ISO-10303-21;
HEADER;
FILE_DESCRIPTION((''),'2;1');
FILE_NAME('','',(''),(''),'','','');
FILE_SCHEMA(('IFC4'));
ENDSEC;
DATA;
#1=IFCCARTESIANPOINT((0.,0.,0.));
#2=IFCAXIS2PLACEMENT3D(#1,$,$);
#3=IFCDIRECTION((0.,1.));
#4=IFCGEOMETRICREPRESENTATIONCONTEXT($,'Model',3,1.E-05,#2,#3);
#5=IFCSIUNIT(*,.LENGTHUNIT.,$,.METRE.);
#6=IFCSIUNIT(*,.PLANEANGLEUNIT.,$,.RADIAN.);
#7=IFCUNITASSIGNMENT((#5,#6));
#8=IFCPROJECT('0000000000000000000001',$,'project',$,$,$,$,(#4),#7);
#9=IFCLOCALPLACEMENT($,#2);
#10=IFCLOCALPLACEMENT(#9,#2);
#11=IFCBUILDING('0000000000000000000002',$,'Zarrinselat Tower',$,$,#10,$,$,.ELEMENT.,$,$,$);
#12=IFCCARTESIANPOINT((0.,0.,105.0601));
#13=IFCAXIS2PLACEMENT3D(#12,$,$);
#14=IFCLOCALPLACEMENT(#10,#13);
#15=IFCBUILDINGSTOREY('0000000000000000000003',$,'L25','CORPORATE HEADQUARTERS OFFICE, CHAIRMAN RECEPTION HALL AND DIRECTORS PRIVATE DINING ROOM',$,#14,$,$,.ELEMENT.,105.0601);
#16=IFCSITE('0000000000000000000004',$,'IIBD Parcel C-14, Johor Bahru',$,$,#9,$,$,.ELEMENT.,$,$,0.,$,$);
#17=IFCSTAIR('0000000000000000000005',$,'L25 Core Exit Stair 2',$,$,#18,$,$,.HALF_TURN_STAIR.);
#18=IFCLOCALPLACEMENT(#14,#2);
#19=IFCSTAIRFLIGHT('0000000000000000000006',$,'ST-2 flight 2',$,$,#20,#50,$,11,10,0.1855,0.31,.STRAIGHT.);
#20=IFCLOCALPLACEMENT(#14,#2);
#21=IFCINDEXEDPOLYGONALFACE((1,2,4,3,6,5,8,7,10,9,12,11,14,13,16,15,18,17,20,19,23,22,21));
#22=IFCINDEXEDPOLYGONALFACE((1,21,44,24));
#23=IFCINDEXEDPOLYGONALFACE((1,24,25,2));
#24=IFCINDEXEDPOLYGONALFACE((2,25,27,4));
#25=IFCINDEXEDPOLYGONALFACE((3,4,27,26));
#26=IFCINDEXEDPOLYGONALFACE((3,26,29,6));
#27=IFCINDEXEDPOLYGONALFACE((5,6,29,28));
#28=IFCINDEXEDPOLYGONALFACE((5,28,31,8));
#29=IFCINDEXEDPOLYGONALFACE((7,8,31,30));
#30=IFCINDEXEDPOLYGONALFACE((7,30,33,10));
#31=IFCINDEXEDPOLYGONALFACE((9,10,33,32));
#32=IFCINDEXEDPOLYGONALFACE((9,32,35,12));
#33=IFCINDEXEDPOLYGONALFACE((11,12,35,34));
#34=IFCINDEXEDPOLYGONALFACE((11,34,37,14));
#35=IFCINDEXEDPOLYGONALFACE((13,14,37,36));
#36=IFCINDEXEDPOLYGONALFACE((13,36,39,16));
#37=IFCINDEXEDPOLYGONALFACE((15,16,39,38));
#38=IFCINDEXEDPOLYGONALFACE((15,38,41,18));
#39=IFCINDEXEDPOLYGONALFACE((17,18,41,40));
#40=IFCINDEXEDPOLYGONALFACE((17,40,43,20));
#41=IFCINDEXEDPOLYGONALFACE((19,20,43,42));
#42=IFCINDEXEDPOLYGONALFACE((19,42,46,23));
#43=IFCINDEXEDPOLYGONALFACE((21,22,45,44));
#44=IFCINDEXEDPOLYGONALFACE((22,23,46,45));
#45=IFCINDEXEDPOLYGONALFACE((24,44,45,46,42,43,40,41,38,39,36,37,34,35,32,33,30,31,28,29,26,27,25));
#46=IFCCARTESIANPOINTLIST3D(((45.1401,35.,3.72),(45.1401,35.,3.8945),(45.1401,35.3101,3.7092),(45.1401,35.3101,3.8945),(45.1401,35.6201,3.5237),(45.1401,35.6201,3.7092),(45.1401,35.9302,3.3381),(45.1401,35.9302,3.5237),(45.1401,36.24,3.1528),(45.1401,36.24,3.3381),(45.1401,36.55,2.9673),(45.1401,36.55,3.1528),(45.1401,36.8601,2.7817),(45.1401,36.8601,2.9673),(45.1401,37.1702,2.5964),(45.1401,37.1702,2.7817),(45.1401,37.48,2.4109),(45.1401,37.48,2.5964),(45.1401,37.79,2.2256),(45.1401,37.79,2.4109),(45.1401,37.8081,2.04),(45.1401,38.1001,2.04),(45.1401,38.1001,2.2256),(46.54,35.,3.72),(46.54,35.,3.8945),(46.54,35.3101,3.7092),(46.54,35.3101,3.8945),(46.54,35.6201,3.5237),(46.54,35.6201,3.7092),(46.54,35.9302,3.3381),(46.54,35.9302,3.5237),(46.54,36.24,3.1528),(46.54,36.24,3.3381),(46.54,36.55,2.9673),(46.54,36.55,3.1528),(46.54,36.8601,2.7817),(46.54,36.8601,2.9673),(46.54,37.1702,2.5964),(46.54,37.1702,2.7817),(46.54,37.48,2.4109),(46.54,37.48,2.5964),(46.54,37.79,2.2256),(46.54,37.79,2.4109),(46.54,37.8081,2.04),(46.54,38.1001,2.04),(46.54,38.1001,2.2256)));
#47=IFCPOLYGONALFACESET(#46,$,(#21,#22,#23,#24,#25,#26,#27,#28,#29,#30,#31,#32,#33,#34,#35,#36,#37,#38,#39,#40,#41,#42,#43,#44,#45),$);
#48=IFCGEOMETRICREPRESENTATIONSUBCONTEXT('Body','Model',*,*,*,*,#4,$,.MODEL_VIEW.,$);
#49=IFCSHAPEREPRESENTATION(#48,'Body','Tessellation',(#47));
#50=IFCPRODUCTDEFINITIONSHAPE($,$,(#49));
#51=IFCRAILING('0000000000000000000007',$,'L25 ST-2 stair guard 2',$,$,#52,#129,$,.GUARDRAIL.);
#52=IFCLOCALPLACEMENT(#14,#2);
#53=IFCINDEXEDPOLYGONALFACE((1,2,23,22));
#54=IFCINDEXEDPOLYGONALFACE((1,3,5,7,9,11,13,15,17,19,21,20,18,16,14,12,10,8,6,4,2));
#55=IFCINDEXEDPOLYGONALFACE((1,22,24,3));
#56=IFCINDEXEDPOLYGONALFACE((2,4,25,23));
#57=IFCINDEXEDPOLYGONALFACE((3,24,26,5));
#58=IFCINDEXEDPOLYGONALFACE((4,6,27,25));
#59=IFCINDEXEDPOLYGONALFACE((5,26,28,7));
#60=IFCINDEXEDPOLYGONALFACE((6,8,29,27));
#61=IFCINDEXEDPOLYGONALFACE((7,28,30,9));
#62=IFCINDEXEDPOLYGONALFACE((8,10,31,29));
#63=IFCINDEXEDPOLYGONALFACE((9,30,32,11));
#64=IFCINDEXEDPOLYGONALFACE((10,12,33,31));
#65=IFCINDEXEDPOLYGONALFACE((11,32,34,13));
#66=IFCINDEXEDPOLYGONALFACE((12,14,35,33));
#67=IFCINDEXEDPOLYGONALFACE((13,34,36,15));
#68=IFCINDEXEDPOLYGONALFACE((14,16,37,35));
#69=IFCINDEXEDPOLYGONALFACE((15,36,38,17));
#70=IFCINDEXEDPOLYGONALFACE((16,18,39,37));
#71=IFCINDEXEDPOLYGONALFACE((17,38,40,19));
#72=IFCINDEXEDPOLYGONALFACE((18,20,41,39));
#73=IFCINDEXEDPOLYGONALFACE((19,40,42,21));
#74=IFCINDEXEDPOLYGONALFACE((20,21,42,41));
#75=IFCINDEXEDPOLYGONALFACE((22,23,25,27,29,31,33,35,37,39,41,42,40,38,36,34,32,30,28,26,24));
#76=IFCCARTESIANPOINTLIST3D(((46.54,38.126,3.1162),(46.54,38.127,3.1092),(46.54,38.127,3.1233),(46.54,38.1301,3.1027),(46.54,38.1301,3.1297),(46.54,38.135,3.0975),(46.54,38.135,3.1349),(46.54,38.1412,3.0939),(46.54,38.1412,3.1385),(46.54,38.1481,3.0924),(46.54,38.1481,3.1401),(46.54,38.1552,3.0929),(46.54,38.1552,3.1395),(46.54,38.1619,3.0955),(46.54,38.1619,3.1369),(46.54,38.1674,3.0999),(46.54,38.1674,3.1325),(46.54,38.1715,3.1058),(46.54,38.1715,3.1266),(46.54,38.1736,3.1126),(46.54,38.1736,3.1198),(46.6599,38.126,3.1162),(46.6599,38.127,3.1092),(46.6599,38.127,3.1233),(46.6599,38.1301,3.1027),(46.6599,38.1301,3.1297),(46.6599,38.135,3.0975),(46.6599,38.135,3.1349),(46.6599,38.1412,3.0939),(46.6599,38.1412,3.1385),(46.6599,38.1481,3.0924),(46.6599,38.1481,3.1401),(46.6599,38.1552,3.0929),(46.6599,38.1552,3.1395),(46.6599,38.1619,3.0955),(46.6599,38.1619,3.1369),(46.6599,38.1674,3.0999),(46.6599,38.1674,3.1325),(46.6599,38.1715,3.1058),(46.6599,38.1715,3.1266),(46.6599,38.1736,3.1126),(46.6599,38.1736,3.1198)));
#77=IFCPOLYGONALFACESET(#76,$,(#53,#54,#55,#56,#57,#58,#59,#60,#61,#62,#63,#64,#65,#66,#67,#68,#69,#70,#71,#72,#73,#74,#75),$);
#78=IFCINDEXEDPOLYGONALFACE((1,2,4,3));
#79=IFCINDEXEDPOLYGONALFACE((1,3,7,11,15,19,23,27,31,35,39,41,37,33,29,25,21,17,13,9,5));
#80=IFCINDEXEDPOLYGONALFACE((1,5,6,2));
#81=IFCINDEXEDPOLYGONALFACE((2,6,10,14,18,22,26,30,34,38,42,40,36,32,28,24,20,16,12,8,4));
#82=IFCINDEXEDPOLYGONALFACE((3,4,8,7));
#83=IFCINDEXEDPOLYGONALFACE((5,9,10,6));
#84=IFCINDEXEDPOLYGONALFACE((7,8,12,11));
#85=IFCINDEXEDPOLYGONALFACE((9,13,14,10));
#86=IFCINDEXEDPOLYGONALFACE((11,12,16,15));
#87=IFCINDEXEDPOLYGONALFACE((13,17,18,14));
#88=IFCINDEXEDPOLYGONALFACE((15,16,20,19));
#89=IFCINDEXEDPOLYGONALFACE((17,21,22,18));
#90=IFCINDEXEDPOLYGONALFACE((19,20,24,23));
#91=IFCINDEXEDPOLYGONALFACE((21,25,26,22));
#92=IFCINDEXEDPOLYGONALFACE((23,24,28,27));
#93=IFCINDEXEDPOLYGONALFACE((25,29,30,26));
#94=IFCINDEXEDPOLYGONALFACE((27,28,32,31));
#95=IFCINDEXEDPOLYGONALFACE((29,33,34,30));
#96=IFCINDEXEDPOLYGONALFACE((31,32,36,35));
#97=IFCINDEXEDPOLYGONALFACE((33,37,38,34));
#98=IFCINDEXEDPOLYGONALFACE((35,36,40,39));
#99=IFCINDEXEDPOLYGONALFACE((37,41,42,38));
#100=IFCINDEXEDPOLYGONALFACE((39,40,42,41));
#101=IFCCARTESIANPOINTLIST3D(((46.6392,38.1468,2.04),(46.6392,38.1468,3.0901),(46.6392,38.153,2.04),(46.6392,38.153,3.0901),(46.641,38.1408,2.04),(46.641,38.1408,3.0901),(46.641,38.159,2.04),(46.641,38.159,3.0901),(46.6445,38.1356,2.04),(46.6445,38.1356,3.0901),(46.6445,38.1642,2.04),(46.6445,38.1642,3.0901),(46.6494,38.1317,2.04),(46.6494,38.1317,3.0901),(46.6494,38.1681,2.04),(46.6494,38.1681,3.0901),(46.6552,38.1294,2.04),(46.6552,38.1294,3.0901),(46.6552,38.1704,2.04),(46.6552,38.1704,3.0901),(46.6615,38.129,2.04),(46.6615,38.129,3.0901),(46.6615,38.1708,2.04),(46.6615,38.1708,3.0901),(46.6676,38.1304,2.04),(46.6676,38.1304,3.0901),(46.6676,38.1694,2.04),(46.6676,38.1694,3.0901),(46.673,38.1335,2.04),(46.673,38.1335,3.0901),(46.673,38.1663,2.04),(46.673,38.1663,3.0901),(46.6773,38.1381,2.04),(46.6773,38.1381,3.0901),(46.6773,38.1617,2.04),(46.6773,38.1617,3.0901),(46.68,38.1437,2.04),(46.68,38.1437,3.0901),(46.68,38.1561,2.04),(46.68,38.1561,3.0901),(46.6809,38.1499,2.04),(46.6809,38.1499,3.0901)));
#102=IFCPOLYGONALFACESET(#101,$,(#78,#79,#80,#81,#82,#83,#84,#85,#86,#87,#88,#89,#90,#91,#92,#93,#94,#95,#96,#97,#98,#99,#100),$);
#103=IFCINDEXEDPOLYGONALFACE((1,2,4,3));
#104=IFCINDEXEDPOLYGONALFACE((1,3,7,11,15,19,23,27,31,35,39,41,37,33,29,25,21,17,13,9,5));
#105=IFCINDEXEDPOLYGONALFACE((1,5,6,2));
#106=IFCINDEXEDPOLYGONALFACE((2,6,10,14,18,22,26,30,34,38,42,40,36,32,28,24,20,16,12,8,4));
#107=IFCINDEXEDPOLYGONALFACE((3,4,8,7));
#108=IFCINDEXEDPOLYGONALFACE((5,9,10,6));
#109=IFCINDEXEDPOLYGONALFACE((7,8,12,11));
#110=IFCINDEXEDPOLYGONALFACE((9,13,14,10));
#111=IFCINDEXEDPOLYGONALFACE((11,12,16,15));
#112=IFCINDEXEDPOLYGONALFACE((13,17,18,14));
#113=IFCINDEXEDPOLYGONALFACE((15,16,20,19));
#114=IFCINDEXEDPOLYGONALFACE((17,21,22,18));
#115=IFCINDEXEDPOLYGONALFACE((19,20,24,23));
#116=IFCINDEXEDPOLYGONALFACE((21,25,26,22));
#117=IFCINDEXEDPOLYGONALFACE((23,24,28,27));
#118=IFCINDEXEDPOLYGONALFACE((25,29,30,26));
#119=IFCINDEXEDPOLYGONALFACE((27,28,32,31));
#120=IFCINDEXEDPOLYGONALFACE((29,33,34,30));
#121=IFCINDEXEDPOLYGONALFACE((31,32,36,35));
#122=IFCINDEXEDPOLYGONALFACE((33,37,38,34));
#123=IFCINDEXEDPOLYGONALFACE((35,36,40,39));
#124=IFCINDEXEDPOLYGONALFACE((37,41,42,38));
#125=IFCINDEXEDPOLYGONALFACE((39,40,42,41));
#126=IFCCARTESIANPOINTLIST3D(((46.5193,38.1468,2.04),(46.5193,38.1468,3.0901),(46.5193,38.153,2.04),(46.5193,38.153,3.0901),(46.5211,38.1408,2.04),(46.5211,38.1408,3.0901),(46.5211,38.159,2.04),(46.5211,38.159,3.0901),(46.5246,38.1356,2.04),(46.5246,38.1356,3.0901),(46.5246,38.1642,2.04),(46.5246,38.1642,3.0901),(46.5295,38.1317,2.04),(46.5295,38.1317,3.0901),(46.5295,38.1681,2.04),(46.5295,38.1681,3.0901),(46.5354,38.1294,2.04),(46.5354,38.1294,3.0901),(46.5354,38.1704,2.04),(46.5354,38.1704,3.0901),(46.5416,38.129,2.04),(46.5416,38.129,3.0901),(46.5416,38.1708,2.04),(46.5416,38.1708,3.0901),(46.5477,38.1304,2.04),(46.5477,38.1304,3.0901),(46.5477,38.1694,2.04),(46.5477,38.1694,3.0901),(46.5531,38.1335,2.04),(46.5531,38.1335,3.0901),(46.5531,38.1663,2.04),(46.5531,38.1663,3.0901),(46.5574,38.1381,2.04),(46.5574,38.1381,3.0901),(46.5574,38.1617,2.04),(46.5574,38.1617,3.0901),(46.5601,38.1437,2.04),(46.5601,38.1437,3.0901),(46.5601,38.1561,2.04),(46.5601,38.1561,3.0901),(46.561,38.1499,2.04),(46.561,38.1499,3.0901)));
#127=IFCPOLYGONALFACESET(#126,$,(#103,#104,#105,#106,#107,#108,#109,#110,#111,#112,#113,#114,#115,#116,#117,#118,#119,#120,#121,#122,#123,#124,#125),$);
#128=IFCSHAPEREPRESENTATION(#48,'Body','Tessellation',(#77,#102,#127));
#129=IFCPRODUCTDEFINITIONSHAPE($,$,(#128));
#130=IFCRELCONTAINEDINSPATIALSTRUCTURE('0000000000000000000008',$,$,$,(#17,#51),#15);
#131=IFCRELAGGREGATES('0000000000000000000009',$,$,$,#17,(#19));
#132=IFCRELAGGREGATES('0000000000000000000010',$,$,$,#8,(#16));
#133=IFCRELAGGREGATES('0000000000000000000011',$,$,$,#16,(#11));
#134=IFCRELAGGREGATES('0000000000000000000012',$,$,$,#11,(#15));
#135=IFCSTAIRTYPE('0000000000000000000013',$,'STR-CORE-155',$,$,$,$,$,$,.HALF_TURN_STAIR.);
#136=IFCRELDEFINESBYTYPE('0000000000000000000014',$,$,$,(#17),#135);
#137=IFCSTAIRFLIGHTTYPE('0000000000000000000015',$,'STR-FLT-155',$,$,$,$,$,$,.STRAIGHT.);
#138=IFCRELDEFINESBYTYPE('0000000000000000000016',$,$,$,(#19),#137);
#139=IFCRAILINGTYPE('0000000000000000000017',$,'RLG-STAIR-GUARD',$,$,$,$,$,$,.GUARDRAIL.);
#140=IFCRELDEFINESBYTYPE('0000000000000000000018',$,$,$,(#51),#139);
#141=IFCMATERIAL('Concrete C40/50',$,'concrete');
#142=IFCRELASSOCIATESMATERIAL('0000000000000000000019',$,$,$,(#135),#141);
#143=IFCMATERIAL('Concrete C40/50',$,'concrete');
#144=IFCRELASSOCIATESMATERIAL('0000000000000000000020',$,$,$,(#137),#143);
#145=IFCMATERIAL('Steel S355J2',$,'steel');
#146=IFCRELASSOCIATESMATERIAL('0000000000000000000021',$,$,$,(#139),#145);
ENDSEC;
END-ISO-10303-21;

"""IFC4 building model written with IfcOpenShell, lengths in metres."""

from ifc_helpers import new_model, si_unit, direction, frame, origin, origin_2d, place, context, subcontext, project, spatial, polyline, circle, outline, extrude, material, type_object, element, aggregate, save


model = new_model("IFC4")

# Units and contexts
model_context = context("Model", 3, precision=1e-05, world=origin(), true_north=direction((0.0, 1.0)))
body_context = subcontext(model_context, "Body", "Model", "MODEL_VIEW")
ifc_project = project(units=[si_unit("LENGTHUNIT", "METRE"), si_unit("PLANEANGLEUNIT", "RADIAN")], contexts=[model_context])

# Site, building, storey
site_placement = place(None, origin())
site = spatial("IfcSite", under=ifc_project, at=site_placement, Name="IIBD Parcel C-14, Johor Bahru", CompositionType="ELEMENT", RefElevation=0.0)
building_placement = place(site_placement, origin())
building = spatial("IfcBuilding", under=site, at=building_placement, Name="Zarrinselat Tower", CompositionType="ELEMENT")
storey_placement = place(building_placement, frame((0.0, 0.0, 105.0601)))
storey = spatial("IfcBuildingStorey", under=building, at=storey_placement, Name="L25", Description="CORPORATE HEADQUARTERS OFFICE, CHAIRMAN RECEPTION HALL AND DIRECTORS PRIVATE DINING ROOM", CompositionType="ELEMENT", Elevation=105.0601)

# Stair, stair flight
ifc_material_1 = material(Name="Concrete C40/50", Category="concrete")
stair_type = type_object("IfcStairType", Name="STR-CORE-155", PredefinedType="HALF_TURN_STAIR", material=ifc_material_1)
stair_placement = place(storey_placement, origin())
stair = element("IfcStair", 1, at=stair_placement, inside=storey, type_object=stair_type, Name="L25 Core Exit Stair 2", PredefinedType="HALF_TURN_STAIR")
ifc_material_2 = material(Name="Concrete C40/50", Category="concrete")
stair_flight_type = type_object("IfcStairFlightType", Name="STR-FLT-155", PredefinedType="STRAIGHT", material=ifc_material_2)
stair_flight_placement = place(storey_placement, frame((45.8401, 38.1001, 2.04), z_axis=(0.0, 0.0, 1.0), x_axis=(0.0, -1.0, 0.0)))
stair_flight = element("IfcStairFlight", 2, at=stair_flight_placement, type_object=stair_flight_type, Name="ST-2 flight 2", NumberOfRisers=11, NumberOfTreads=10, PredefinedType="STRAIGHT", RiserHeight=0.1855, TreadLength=0.31, context=body_context, shape_type="SweptSolid", body=[
    extrude(outline(polyline([(0.0, 0.0), (0.0, 0.1855), (0.3101, 0.1855), (0.3101, 0.3708), (0.6201, 0.3708), (0.6201, 0.5564), (0.9299, 0.5564), (0.9299, 0.7417), (1.24, 0.7417), (1.24, 0.9272), (1.55, 0.9272), (1.55, 1.1128), (1.8601, 1.1128), (1.8601, 1.2981), (2.1699, 1.2981), (2.1699, 1.4836), (2.48, 1.4836), (2.48, 1.6692), (2.79, 1.6692), (2.79, 1.8545), (3.1001, 1.8545), (3.1001, 2.04), (3.1001, 1.6799), (0.292, 0.0), (0.0, 0.0)])), frame((0.0, 0.7, 0.0), z_axis=(0.0, -1.0, 0.0), x_axis=(1.0, 0.0, 0.0)), (0.0, 0.0, 1.0), 1.3999),
])
aggregate(stair, [stair_flight])

# Railing
ifc_material_3 = material(Name="Steel S355J2", Category="steel")
railing_type_1 = type_object("IfcRailingType", Name="RLG-STAIR-GUARD", PredefinedType="GUARDRAIL", material=ifc_material_3)
railing_1_placement = place(storey_placement, frame((46.6599, 38.1499, 2.04)))
element("IfcRailing", 3, at=railing_1_placement, inside=storey, type_object=railing_type_1, Name="L25 ST-2 stair guard 2", PredefinedType="GUARDRAIL", context=body_context, shape_type="SweptSolid", body=[
    extrude(circle(Radius=0.0239, at=origin_2d()), frame((0.0, 0.0, 1.0762), z_axis=(-1.0, 0.0, 0.0), x_axis=(0.0, -1.0, 0.0)), (0.0, 0.0, 1.0), 0.1199),
    extrude(circle(Radius=0.021, at=origin_2d()), origin(), (0.0, 0.0, 1.0), 1.05),
    extrude(circle(Radius=0.021, at=origin_2d()), frame((-0.1199, 0.0, 0.0)), (0.0, 0.0, 1.0), 1.05),
])

save(model, "model.ifc")
